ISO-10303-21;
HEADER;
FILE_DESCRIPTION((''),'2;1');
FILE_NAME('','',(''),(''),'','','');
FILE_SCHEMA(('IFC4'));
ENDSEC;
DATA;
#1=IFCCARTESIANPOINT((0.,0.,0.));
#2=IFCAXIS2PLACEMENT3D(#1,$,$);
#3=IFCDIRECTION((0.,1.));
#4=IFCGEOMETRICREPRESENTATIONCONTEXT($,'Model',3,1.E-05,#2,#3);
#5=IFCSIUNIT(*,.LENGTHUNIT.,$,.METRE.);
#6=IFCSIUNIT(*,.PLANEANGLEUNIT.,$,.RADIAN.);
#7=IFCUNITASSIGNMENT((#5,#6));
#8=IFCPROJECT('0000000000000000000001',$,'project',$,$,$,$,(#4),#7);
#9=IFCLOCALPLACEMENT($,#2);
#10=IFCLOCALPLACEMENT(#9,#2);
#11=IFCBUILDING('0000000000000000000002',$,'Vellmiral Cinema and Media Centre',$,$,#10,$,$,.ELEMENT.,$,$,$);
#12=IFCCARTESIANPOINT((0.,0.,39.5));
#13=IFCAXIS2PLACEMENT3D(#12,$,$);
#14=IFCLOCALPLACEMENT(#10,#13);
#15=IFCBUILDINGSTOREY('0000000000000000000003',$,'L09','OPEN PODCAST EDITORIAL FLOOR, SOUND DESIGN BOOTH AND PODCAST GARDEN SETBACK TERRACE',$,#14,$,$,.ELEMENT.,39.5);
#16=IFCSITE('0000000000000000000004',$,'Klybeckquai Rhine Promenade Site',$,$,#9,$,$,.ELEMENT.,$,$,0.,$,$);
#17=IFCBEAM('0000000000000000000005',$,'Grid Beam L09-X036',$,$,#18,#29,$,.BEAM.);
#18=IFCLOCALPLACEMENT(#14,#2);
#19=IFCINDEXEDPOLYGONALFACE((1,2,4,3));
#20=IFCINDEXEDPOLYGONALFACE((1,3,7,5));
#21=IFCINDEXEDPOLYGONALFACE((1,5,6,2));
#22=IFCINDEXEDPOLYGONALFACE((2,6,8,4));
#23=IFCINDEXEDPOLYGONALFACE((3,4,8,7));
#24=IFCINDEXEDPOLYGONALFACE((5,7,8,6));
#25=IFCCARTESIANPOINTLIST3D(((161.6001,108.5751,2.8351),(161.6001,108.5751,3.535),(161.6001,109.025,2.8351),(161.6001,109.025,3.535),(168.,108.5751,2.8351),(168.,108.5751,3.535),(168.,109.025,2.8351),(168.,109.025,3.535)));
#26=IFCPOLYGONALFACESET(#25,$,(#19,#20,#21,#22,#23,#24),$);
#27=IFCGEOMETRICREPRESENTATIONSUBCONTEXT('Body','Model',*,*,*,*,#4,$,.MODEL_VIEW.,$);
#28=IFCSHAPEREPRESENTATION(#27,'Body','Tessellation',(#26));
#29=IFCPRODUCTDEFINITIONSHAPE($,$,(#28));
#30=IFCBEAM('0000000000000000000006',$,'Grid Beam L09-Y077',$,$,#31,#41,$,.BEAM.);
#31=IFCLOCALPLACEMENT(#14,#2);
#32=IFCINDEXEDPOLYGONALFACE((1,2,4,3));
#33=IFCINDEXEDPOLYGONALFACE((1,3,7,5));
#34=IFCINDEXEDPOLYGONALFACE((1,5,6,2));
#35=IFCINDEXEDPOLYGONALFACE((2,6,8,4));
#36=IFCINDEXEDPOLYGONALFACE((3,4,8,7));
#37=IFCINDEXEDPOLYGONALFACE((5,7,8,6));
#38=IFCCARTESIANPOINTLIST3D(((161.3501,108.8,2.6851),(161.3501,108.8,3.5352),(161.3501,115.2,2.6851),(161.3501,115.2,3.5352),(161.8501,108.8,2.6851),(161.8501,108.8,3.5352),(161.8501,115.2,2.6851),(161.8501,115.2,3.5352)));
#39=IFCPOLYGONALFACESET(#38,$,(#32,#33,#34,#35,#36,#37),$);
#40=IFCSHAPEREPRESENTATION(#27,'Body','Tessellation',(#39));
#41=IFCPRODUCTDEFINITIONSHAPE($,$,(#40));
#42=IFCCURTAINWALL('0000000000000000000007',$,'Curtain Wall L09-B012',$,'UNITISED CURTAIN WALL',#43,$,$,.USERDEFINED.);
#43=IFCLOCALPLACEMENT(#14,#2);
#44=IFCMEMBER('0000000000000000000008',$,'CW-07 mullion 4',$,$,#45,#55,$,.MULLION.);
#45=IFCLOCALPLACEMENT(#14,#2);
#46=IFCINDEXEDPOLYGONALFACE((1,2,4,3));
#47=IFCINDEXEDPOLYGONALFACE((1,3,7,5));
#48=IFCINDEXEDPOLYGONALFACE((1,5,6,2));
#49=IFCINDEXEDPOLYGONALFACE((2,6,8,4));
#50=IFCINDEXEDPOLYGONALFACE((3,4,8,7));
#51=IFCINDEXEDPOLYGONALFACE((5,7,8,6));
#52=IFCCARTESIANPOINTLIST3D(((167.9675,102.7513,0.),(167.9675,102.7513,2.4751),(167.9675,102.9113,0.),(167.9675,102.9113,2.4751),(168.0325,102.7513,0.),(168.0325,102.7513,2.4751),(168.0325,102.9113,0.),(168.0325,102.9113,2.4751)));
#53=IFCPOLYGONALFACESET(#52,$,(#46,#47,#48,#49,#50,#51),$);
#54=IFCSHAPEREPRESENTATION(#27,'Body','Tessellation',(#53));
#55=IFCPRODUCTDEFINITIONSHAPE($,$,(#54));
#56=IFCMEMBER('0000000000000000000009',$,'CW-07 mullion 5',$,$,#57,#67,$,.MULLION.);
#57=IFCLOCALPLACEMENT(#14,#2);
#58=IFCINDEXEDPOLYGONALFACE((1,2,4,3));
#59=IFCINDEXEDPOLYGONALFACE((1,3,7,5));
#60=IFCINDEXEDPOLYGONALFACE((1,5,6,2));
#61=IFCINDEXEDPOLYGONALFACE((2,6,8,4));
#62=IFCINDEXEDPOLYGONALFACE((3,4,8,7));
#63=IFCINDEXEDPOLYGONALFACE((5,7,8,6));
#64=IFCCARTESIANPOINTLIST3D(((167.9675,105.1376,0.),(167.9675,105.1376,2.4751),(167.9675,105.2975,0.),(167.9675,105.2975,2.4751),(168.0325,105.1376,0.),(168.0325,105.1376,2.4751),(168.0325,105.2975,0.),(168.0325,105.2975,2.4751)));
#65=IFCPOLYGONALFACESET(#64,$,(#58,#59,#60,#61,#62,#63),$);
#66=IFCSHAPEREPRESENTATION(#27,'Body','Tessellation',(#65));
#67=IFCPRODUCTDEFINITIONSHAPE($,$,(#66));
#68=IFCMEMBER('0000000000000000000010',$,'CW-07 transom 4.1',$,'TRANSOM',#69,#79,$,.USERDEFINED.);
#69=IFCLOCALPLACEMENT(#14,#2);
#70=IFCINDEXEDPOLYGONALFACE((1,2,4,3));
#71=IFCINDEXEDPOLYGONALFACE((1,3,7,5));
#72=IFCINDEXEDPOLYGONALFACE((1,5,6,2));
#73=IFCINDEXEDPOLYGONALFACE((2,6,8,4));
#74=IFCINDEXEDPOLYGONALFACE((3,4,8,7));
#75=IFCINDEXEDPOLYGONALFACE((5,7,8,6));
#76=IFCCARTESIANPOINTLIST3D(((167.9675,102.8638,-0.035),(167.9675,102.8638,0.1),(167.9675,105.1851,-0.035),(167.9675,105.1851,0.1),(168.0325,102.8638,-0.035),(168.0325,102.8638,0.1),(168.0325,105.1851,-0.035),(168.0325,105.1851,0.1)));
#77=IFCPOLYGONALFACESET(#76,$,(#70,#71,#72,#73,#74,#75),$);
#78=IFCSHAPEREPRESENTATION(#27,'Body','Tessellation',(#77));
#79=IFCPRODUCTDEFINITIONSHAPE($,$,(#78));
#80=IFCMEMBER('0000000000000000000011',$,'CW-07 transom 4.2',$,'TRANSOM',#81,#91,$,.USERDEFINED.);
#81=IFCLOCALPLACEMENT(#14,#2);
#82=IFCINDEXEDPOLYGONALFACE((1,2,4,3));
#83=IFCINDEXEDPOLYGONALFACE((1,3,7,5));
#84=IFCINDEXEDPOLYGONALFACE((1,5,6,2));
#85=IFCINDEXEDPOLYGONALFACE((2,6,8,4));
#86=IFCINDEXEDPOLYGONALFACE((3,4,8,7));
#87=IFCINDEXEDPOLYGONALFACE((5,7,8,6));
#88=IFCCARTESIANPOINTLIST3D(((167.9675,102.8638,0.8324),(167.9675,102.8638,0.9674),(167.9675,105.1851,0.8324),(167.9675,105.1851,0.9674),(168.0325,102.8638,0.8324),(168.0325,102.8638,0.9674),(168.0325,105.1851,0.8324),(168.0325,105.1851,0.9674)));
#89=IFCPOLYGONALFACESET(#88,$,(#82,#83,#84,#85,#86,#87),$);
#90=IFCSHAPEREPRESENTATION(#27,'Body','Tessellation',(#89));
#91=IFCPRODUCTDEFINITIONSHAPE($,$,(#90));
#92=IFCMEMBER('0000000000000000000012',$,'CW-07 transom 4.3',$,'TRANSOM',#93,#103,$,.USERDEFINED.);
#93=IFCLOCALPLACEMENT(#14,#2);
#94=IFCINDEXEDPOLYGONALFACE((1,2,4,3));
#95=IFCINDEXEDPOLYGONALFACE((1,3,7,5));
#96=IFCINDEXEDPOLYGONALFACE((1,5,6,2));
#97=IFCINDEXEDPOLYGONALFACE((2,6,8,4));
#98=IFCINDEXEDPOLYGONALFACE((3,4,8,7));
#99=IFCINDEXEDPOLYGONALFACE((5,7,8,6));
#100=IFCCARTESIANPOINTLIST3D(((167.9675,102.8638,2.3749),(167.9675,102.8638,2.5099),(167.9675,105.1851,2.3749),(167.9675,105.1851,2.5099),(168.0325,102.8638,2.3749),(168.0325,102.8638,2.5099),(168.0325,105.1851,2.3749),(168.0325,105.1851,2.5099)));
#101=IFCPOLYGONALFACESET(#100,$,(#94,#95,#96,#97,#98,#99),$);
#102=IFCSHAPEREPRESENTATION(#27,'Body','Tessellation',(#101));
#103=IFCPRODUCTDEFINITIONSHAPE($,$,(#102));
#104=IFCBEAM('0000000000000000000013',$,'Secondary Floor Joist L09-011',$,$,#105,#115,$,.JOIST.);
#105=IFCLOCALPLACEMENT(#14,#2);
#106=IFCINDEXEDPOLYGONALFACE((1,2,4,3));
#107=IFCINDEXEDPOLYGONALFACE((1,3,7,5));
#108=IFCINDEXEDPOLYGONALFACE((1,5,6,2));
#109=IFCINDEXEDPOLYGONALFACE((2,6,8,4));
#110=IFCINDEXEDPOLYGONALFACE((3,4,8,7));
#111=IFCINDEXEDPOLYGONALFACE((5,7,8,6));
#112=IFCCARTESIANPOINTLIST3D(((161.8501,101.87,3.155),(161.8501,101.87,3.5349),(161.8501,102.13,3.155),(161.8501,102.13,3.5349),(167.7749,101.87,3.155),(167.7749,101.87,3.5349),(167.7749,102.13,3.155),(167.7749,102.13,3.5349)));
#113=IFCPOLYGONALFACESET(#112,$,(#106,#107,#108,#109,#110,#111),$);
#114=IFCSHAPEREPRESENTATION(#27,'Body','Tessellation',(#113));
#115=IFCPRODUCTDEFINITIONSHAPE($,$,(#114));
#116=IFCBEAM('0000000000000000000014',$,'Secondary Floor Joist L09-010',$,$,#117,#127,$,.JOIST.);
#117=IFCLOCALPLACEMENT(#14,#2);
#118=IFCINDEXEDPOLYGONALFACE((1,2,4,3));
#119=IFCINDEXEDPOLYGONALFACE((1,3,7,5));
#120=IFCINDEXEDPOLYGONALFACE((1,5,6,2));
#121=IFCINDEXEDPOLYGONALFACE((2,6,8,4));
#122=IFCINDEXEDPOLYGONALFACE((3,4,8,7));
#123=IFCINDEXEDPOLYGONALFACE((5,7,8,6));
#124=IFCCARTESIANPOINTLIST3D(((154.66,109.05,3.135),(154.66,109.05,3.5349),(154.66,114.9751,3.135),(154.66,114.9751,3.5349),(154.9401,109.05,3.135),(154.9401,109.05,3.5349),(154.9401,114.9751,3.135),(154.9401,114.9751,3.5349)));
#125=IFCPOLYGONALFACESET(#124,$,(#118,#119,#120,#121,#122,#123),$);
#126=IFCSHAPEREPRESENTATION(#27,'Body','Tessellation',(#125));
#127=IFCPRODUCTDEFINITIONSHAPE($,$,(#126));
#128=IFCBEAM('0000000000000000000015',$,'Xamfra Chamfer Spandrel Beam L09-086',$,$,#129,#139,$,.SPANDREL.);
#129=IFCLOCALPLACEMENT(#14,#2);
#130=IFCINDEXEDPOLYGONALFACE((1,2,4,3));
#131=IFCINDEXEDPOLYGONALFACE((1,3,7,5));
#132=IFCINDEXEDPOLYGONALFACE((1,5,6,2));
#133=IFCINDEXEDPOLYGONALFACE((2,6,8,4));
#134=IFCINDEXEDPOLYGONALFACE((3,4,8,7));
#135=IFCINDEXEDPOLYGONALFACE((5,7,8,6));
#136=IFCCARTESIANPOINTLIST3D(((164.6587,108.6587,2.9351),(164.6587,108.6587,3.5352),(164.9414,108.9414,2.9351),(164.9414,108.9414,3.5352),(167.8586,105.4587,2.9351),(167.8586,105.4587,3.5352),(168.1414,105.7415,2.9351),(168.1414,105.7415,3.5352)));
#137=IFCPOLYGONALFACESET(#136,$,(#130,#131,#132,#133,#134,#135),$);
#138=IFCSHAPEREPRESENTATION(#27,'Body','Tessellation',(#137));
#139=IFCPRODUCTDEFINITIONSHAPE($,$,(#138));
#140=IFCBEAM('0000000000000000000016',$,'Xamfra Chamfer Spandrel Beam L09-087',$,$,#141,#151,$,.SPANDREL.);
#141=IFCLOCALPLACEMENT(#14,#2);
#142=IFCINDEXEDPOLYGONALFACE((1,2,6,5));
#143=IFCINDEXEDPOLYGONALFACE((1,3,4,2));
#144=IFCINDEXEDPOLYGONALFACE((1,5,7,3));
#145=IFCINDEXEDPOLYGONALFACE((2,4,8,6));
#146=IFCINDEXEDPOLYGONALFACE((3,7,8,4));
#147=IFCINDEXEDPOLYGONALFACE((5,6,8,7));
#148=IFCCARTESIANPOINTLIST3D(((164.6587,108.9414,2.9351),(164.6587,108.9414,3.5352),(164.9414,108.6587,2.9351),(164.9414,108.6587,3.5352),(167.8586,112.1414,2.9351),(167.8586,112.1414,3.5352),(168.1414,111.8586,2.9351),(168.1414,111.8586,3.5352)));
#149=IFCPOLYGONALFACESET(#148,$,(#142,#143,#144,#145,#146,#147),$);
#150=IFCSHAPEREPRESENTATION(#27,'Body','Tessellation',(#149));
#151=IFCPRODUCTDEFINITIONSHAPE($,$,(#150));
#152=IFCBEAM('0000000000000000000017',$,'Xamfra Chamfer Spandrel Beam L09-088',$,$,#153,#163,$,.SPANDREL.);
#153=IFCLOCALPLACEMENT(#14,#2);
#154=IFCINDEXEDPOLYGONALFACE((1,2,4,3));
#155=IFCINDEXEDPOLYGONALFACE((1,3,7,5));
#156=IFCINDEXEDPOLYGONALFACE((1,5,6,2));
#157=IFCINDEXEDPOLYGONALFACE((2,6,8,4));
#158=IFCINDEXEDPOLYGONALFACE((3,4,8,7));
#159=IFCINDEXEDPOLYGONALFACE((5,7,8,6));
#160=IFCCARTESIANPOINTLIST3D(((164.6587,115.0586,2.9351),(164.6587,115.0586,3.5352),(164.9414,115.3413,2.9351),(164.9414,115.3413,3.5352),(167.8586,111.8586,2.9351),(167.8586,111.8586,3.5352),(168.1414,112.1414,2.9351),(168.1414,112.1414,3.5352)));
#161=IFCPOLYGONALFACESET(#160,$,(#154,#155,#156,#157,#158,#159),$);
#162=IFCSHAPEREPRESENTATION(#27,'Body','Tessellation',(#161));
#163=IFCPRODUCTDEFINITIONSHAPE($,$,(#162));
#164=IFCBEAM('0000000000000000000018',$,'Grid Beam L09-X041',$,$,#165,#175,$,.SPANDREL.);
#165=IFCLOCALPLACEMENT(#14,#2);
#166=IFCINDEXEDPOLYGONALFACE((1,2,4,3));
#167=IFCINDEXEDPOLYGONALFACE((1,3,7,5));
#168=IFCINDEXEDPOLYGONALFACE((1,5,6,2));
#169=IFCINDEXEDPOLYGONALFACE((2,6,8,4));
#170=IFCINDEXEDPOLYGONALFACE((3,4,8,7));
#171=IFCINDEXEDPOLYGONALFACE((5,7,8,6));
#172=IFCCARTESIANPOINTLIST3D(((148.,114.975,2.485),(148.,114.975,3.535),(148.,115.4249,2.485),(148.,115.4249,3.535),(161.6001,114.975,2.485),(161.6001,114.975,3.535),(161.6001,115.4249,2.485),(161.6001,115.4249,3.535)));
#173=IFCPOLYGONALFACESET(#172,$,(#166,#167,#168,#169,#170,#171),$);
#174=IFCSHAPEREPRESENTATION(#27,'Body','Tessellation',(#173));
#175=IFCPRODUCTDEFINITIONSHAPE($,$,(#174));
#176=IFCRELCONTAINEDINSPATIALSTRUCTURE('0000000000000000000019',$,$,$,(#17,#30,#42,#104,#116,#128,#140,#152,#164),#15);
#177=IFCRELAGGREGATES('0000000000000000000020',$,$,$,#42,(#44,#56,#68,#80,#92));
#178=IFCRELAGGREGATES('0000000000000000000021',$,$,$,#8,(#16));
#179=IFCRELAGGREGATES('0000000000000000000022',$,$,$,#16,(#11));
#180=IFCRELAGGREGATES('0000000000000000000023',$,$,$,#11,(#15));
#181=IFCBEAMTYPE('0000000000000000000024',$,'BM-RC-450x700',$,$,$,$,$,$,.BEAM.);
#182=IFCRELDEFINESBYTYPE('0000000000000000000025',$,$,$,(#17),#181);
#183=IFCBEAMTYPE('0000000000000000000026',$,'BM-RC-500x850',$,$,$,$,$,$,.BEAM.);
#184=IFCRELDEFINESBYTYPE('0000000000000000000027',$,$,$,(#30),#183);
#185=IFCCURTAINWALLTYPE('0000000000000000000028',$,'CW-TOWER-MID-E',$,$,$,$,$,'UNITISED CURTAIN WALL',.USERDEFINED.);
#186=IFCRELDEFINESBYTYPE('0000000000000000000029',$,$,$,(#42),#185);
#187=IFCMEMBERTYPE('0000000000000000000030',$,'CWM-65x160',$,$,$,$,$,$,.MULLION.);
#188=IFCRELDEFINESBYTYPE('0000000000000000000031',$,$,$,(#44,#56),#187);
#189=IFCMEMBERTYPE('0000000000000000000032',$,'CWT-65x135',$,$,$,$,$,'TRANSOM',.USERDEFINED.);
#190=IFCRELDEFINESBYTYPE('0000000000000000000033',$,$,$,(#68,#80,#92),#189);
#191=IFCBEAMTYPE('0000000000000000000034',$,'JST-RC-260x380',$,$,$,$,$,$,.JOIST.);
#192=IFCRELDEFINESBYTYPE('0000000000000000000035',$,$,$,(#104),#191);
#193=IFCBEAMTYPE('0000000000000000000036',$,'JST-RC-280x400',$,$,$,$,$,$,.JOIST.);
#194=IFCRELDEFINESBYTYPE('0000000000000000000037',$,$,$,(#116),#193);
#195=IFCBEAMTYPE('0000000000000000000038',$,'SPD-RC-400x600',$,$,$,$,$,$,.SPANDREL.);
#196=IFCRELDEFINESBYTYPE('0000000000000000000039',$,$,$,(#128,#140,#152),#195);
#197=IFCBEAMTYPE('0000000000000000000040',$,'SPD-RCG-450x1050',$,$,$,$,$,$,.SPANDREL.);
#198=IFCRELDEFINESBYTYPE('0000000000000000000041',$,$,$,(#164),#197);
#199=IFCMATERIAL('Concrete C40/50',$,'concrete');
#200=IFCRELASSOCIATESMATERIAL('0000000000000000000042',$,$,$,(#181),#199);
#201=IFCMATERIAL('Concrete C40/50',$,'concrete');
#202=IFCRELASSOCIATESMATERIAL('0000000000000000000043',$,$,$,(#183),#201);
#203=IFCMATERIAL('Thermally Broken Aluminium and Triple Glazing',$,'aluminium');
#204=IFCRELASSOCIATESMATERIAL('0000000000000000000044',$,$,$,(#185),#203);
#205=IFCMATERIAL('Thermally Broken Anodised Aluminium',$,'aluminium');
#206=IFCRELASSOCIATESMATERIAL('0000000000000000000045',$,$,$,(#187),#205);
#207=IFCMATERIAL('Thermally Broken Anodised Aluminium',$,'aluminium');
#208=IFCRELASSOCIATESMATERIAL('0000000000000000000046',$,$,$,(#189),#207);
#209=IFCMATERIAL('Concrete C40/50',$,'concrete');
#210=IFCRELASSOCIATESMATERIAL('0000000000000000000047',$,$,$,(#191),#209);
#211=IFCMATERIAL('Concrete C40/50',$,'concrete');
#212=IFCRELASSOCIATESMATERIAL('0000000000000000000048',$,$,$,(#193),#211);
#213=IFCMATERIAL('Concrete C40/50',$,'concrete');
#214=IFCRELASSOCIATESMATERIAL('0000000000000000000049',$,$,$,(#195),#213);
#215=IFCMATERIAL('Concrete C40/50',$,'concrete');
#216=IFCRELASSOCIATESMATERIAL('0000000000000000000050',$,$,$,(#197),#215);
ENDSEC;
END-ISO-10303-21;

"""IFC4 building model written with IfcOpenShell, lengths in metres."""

from ifc_helpers import new_model, si_unit, direction, frame, origin, origin_2d, place, context, subcontext, project, spatial, rectangle, extrude, material, material_profile, profile_set, type_object, element, aggregate, save


model = new_model("IFC4")

# Units and contexts
model_context = context("Model", 3, precision=1e-05, world=origin(), true_north=direction((0.0, 1.0)))
body_context = subcontext(model_context, "Body", "Model", "MODEL_VIEW")
ifc_project = project(units=[si_unit("LENGTHUNIT", "METRE"), si_unit("PLANEANGLEUNIT", "RADIAN")], contexts=[model_context])

# Site, building, storey
site_placement = place(None, origin())
site = spatial("IfcSite", under=ifc_project, at=site_placement, Name="Klybeckquai Rhine Promenade Site", CompositionType="ELEMENT", RefElevation=0.0)
building_placement = place(site_placement, origin())
building = spatial("IfcBuilding", under=site, at=building_placement, Name="Vellmiral Cinema and Media Centre", CompositionType="ELEMENT")
storey_placement = place(building_placement, frame((0.0, 0.0, 39.5)))
storey = spatial("IfcBuildingStorey", under=building, at=storey_placement, Name="L09", Description="OPEN PODCAST EDITORIAL FLOOR, SOUND DESIGN BOOTH AND PODCAST GARDEN SETBACK TERRACE", CompositionType="ELEMENT", Elevation=39.5)

# Beams
ifc_material_1 = material(Name="Concrete C40/50", Category="concrete")
ifc_material_profile_1 = material_profile(ifc_material_1, rectangle(XDim=0.45, YDim=0.7, at=origin_2d()), Name="RC 450x700")
ifc_profile_set_1 = profile_set([ifc_material_profile_1], Name="Concrete C40/50")
beam_type_1 = type_object("IfcBeamType", Name="BM-RC-450x700", PredefinedType="BEAM", material=ifc_profile_set_1)
beam_1_placement = place(storey_placement, frame((161.6001, 108.8, 3.1851), z_axis=(1.0, 0.0, 0.0), x_axis=(0.0, 1.0, 0.0)))
element("IfcBeam", 1, at=beam_1_placement, inside=storey, type_object=beam_type_1, Name="Grid Beam L09-X036", PredefinedType="BEAM", context=body_context, shape_type="SweptSolid", body=[
    extrude(rectangle(XDim=0.45, YDim=0.7, at=origin_2d()), origin(), (0.0, 0.0, 1.0), 6.3999),
])
ifc_material_2 = material(Name="Concrete C40/50", Category="concrete")
ifc_material_profile_2 = material_profile(ifc_material_2, rectangle(XDim=0.5, YDim=0.8501, at=origin_2d()), Name="RC 500x850")
ifc_profile_set_2 = profile_set([ifc_material_profile_2], Name="Concrete C40/50")
beam_type_2 = type_object("IfcBeamType", Name="BM-RC-500x850", PredefinedType="BEAM", material=ifc_profile_set_2)
beam_2_placement = place(storey_placement, frame((161.6001, 108.8, 3.1101), z_axis=(0.0, 1.0, 0.0), x_axis=(-1.0, 0.0, 0.0)))
element("IfcBeam", 2, at=beam_2_placement, inside=storey, type_object=beam_type_2, Name="Grid Beam L09-Y077", PredefinedType="BEAM", context=body_context, shape_type="SweptSolid", body=[
    extrude(rectangle(XDim=0.5, YDim=0.8501, at=origin_2d()), origin(), (0.0, 0.0, 1.0), 6.3999),
])

# Curtain wall, members
ifc_material_3 = material(Name="Thermally Broken Aluminium and Triple Glazing", Category="aluminium")
curtain_wall_type = type_object("IfcCurtainWallType", Name="CW-TOWER-MID-E", ElementType="UNITISED CURTAIN WALL", PredefinedType="USERDEFINED", material=ifc_material_3)
curtain_wall_placement = place(storey_placement, origin())
curtain_wall = element("IfcCurtainWall", 3, at=curtain_wall_placement, inside=storey, type_object=curtain_wall_type, Name="Curtain Wall L09-B012", ObjectType="UNITISED CURTAIN WALL", PredefinedType="USERDEFINED")
ifc_material_4 = material(Name="Thermally Broken Anodised Aluminium", Category="aluminium")
ifc_material_profile_3 = material_profile(ifc_material_4, rectangle(XDim=0.0649, YDim=0.1599, at=origin_2d()), Name="MULL 65x160")
ifc_profile_set_3 = profile_set([ifc_material_profile_3], Name="Thermally Broken Anodised Aluminium")
member_type_1 = type_object("IfcMemberType", Name="CWM-65x160", PredefinedType="MULLION", material=ifc_profile_set_3)
member_1_placement = place(storey_placement, frame((168.0, 102.8313, 0.0), z_axis=(0.0, 0.0, 1.0), x_axis=(-1.0, 0.0, 0.0)))
member_1 = element("IfcMember", 4, at=member_1_placement, type_object=member_type_1, Name="CW-07 mullion 4", PredefinedType="MULLION", context=body_context, shape_type="SweptSolid", body=[
    extrude(rectangle(XDim=0.0649, YDim=0.1599, at=origin_2d()), origin(), (0.0, 0.0, 1.0), 2.4751),
])
member_2_placement = place(storey_placement, frame((168.0, 105.2175, 0.0), z_axis=(0.0, 0.0, 1.0), x_axis=(-1.0, 0.0, 0.0)))
member_2 = element("IfcMember", 5, at=member_2_placement, type_object=member_type_1, Name="CW-07 mullion 5", PredefinedType="MULLION", context=body_context, shape_type="SweptSolid", body=[
    extrude(rectangle(XDim=0.0649, YDim=0.1599, at=origin_2d()), origin(), (0.0, 0.0, 1.0), 2.4751),
])
ifc_material_5 = material(Name="Thermally Broken Anodised Aluminium", Category="aluminium")
ifc_material_profile_4 = material_profile(ifc_material_5, rectangle(XDim=0.0649, YDim=0.135, at=origin_2d()), Name="MULL 65x135")
ifc_profile_set_4 = profile_set([ifc_material_profile_4], Name="Thermally Broken Anodised Aluminium")
member_type_2 = type_object("IfcMemberType", Name="CWT-65x135", ElementType="TRANSOM", PredefinedType="USERDEFINED", material=ifc_profile_set_4)
member_3_placement = place(storey_placement, frame((168.0, 102.8638, 0.0325), z_axis=(0.0, 1.0, 0.0), x_axis=(-1.0, 0.0, 0.0)))
member_3 = element("IfcMember", 6, at=member_3_placement, type_object=member_type_2, Name="CW-07 transom 4.1", ObjectType="TRANSOM", PredefinedType="USERDEFINED", context=body_context, shape_type="SweptSolid", body=[
    extrude(rectangle(XDim=0.0649, YDim=0.135, at=origin_2d()), origin(), (0.0, 0.0, 1.0), 2.3213),
])
member_4_placement = place(storey_placement, frame((168.0, 102.8638, 0.8999), z_axis=(0.0, 1.0, 0.0), x_axis=(-1.0, 0.0, 0.0)))
member_4 = element("IfcMember", 7, at=member_4_placement, type_object=member_type_2, Name="CW-07 transom 4.2", ObjectType="TRANSOM", PredefinedType="USERDEFINED", context=body_context, shape_type="SweptSolid", body=[
    extrude(rectangle(XDim=0.0649, YDim=0.135, at=origin_2d()), origin(), (0.0, 0.0, 1.0), 2.3213),
])
member_5_placement = place(storey_placement, frame((168.0, 102.8638, 2.4424), z_axis=(0.0, 1.0, 0.0), x_axis=(-1.0, 0.0, 0.0)))
member_5 = element("IfcMember", 8, at=member_5_placement, type_object=member_type_2, Name="CW-07 transom 4.3", ObjectType="TRANSOM", PredefinedType="USERDEFINED", context=body_context, shape_type="SweptSolid", body=[
    extrude(rectangle(XDim=0.0649, YDim=0.135, at=origin_2d()), origin(), (0.0, 0.0, 1.0), 2.3213),
])

# Beams
ifc_material_6 = material(Name="Concrete C40/50", Category="concrete")
ifc_material_profile_5 = material_profile(ifc_material_6, rectangle(XDim=0.26, YDim=0.3799, at=origin_2d()), Name="RC 260x380")
ifc_profile_set_5 = profile_set([ifc_material_profile_5], Name="Concrete C40/50")
beam_type_3 = type_object("IfcBeamType", Name="JST-RC-260x380", PredefinedType="JOIST", material=ifc_profile_set_5)
beam_3_placement = place(storey_placement, frame((161.8501, 102.0, 3.345), z_axis=(1.0, 0.0, 0.0), x_axis=(0.0, 1.0, 0.0)))
element("IfcBeam", 9, at=beam_3_placement, inside=storey, type_object=beam_type_3, Name="Secondary Floor Joist L09-011", PredefinedType="JOIST", context=body_context, shape_type="SweptSolid", body=[
    extrude(rectangle(XDim=0.26, YDim=0.3799, at=origin_2d()), origin(), (0.0, 0.0, 1.0), 5.9248),
])
ifc_material_7 = material(Name="Concrete C40/50", Category="concrete")
ifc_material_profile_6 = material_profile(ifc_material_7, rectangle(XDim=0.28, YDim=0.3999, at=origin_2d()), Name="RC 280x400")
ifc_profile_set_6 = profile_set([ifc_material_profile_6], Name="Concrete C40/50")
beam_type_4 = type_object("IfcBeamType", Name="JST-RC-280x400", PredefinedType="JOIST", material=ifc_profile_set_6)
beam_4_placement = place(storey_placement, frame((154.8, 109.05, 3.335), z_axis=(0.0, 1.0, 0.0), x_axis=(-1.0, 0.0, 0.0)))
element("IfcBeam", 10, at=beam_4_placement, inside=storey, type_object=beam_type_4, Name="Secondary Floor Joist L09-010", PredefinedType="JOIST", context=body_context, shape_type="SweptSolid", body=[
    extrude(rectangle(XDim=0.28, YDim=0.3999, at=origin_2d()), origin(), (0.0, 0.0, 1.0), 5.925),
])
ifc_material_8 = material(Name="Concrete C40/50", Category="concrete")
ifc_material_profile_7 = material_profile(ifc_material_8, rectangle(XDim=0.3999, YDim=0.6001, at=origin_2d()), Name="RC 400x600")
ifc_profile_set_7 = profile_set([ifc_material_profile_7], Name="Concrete C40/50")
beam_type_5 = type_object("IfcBeamType", Name="SPD-RC-400x600", PredefinedType="SPANDREL", material=ifc_profile_set_7)
for number, where, z_axis, x_axis, name in (
    (11, (164.8, 108.8, 3.2351), (0.707107, -0.707107, 0.0), (0.707107, 0.707107, 0.0), "Xamfra Chamfer Spandrel Beam L09-086"),
    (12, (164.8, 108.8, 3.2351), (0.707107, 0.707107, 0.0), (-0.707107, 0.707107, 0.0), "Xamfra Chamfer Spandrel Beam L09-087"),
    (13, (164.8, 115.2, 3.2351), (0.707107, -0.707107, 0.0), (0.707107, 0.707107, 0.0), "Xamfra Chamfer Spandrel Beam L09-088"),
):
    element("IfcBeam", number, at=place(storey_placement, frame(where, z_axis=z_axis, x_axis=x_axis)), inside=storey, type_object=beam_type_5, Name=name, PredefinedType="SPANDREL", context=body_context, shape_type="SweptSolid", body=[
        extrude(rectangle(XDim=0.3999, YDim=0.6001, at=origin_2d()), origin(), (0.0, 0.0, 1.0), 4.5254),
    ])
ifc_material_9 = material(Name="Concrete C40/50", Category="concrete")
ifc_material_profile_8 = material_profile(ifc_material_9, rectangle(XDim=0.45, YDim=1.05, at=origin_2d()), Name="RC 450x1050")
ifc_profile_set_8 = profile_set([ifc_material_profile_8], Name="Concrete C40/50")
beam_type_6 = type_object("IfcBeamType", Name="SPD-RCG-450x1050", PredefinedType="SPANDREL", material=ifc_profile_set_8)
beam_5_placement = place(storey_placement, frame((148.0, 115.2, 3.01), z_axis=(1.0, 0.0, 0.0), x_axis=(0.0, 1.0, 0.0)))
element("IfcBeam", 14, at=beam_5_placement, inside=storey, type_object=beam_type_6, Name="Grid Beam L09-X041", PredefinedType="SPANDREL", context=body_context, shape_type="SweptSolid", body=[
    extrude(rectangle(XDim=0.45, YDim=1.05, at=origin_2d()), origin(), (0.0, 0.0, 1.0), 13.6001),
])

aggregate(curtain_wall, [member_1, member_2, member_3, member_4, member_5])

save(model, "model.ifc")
